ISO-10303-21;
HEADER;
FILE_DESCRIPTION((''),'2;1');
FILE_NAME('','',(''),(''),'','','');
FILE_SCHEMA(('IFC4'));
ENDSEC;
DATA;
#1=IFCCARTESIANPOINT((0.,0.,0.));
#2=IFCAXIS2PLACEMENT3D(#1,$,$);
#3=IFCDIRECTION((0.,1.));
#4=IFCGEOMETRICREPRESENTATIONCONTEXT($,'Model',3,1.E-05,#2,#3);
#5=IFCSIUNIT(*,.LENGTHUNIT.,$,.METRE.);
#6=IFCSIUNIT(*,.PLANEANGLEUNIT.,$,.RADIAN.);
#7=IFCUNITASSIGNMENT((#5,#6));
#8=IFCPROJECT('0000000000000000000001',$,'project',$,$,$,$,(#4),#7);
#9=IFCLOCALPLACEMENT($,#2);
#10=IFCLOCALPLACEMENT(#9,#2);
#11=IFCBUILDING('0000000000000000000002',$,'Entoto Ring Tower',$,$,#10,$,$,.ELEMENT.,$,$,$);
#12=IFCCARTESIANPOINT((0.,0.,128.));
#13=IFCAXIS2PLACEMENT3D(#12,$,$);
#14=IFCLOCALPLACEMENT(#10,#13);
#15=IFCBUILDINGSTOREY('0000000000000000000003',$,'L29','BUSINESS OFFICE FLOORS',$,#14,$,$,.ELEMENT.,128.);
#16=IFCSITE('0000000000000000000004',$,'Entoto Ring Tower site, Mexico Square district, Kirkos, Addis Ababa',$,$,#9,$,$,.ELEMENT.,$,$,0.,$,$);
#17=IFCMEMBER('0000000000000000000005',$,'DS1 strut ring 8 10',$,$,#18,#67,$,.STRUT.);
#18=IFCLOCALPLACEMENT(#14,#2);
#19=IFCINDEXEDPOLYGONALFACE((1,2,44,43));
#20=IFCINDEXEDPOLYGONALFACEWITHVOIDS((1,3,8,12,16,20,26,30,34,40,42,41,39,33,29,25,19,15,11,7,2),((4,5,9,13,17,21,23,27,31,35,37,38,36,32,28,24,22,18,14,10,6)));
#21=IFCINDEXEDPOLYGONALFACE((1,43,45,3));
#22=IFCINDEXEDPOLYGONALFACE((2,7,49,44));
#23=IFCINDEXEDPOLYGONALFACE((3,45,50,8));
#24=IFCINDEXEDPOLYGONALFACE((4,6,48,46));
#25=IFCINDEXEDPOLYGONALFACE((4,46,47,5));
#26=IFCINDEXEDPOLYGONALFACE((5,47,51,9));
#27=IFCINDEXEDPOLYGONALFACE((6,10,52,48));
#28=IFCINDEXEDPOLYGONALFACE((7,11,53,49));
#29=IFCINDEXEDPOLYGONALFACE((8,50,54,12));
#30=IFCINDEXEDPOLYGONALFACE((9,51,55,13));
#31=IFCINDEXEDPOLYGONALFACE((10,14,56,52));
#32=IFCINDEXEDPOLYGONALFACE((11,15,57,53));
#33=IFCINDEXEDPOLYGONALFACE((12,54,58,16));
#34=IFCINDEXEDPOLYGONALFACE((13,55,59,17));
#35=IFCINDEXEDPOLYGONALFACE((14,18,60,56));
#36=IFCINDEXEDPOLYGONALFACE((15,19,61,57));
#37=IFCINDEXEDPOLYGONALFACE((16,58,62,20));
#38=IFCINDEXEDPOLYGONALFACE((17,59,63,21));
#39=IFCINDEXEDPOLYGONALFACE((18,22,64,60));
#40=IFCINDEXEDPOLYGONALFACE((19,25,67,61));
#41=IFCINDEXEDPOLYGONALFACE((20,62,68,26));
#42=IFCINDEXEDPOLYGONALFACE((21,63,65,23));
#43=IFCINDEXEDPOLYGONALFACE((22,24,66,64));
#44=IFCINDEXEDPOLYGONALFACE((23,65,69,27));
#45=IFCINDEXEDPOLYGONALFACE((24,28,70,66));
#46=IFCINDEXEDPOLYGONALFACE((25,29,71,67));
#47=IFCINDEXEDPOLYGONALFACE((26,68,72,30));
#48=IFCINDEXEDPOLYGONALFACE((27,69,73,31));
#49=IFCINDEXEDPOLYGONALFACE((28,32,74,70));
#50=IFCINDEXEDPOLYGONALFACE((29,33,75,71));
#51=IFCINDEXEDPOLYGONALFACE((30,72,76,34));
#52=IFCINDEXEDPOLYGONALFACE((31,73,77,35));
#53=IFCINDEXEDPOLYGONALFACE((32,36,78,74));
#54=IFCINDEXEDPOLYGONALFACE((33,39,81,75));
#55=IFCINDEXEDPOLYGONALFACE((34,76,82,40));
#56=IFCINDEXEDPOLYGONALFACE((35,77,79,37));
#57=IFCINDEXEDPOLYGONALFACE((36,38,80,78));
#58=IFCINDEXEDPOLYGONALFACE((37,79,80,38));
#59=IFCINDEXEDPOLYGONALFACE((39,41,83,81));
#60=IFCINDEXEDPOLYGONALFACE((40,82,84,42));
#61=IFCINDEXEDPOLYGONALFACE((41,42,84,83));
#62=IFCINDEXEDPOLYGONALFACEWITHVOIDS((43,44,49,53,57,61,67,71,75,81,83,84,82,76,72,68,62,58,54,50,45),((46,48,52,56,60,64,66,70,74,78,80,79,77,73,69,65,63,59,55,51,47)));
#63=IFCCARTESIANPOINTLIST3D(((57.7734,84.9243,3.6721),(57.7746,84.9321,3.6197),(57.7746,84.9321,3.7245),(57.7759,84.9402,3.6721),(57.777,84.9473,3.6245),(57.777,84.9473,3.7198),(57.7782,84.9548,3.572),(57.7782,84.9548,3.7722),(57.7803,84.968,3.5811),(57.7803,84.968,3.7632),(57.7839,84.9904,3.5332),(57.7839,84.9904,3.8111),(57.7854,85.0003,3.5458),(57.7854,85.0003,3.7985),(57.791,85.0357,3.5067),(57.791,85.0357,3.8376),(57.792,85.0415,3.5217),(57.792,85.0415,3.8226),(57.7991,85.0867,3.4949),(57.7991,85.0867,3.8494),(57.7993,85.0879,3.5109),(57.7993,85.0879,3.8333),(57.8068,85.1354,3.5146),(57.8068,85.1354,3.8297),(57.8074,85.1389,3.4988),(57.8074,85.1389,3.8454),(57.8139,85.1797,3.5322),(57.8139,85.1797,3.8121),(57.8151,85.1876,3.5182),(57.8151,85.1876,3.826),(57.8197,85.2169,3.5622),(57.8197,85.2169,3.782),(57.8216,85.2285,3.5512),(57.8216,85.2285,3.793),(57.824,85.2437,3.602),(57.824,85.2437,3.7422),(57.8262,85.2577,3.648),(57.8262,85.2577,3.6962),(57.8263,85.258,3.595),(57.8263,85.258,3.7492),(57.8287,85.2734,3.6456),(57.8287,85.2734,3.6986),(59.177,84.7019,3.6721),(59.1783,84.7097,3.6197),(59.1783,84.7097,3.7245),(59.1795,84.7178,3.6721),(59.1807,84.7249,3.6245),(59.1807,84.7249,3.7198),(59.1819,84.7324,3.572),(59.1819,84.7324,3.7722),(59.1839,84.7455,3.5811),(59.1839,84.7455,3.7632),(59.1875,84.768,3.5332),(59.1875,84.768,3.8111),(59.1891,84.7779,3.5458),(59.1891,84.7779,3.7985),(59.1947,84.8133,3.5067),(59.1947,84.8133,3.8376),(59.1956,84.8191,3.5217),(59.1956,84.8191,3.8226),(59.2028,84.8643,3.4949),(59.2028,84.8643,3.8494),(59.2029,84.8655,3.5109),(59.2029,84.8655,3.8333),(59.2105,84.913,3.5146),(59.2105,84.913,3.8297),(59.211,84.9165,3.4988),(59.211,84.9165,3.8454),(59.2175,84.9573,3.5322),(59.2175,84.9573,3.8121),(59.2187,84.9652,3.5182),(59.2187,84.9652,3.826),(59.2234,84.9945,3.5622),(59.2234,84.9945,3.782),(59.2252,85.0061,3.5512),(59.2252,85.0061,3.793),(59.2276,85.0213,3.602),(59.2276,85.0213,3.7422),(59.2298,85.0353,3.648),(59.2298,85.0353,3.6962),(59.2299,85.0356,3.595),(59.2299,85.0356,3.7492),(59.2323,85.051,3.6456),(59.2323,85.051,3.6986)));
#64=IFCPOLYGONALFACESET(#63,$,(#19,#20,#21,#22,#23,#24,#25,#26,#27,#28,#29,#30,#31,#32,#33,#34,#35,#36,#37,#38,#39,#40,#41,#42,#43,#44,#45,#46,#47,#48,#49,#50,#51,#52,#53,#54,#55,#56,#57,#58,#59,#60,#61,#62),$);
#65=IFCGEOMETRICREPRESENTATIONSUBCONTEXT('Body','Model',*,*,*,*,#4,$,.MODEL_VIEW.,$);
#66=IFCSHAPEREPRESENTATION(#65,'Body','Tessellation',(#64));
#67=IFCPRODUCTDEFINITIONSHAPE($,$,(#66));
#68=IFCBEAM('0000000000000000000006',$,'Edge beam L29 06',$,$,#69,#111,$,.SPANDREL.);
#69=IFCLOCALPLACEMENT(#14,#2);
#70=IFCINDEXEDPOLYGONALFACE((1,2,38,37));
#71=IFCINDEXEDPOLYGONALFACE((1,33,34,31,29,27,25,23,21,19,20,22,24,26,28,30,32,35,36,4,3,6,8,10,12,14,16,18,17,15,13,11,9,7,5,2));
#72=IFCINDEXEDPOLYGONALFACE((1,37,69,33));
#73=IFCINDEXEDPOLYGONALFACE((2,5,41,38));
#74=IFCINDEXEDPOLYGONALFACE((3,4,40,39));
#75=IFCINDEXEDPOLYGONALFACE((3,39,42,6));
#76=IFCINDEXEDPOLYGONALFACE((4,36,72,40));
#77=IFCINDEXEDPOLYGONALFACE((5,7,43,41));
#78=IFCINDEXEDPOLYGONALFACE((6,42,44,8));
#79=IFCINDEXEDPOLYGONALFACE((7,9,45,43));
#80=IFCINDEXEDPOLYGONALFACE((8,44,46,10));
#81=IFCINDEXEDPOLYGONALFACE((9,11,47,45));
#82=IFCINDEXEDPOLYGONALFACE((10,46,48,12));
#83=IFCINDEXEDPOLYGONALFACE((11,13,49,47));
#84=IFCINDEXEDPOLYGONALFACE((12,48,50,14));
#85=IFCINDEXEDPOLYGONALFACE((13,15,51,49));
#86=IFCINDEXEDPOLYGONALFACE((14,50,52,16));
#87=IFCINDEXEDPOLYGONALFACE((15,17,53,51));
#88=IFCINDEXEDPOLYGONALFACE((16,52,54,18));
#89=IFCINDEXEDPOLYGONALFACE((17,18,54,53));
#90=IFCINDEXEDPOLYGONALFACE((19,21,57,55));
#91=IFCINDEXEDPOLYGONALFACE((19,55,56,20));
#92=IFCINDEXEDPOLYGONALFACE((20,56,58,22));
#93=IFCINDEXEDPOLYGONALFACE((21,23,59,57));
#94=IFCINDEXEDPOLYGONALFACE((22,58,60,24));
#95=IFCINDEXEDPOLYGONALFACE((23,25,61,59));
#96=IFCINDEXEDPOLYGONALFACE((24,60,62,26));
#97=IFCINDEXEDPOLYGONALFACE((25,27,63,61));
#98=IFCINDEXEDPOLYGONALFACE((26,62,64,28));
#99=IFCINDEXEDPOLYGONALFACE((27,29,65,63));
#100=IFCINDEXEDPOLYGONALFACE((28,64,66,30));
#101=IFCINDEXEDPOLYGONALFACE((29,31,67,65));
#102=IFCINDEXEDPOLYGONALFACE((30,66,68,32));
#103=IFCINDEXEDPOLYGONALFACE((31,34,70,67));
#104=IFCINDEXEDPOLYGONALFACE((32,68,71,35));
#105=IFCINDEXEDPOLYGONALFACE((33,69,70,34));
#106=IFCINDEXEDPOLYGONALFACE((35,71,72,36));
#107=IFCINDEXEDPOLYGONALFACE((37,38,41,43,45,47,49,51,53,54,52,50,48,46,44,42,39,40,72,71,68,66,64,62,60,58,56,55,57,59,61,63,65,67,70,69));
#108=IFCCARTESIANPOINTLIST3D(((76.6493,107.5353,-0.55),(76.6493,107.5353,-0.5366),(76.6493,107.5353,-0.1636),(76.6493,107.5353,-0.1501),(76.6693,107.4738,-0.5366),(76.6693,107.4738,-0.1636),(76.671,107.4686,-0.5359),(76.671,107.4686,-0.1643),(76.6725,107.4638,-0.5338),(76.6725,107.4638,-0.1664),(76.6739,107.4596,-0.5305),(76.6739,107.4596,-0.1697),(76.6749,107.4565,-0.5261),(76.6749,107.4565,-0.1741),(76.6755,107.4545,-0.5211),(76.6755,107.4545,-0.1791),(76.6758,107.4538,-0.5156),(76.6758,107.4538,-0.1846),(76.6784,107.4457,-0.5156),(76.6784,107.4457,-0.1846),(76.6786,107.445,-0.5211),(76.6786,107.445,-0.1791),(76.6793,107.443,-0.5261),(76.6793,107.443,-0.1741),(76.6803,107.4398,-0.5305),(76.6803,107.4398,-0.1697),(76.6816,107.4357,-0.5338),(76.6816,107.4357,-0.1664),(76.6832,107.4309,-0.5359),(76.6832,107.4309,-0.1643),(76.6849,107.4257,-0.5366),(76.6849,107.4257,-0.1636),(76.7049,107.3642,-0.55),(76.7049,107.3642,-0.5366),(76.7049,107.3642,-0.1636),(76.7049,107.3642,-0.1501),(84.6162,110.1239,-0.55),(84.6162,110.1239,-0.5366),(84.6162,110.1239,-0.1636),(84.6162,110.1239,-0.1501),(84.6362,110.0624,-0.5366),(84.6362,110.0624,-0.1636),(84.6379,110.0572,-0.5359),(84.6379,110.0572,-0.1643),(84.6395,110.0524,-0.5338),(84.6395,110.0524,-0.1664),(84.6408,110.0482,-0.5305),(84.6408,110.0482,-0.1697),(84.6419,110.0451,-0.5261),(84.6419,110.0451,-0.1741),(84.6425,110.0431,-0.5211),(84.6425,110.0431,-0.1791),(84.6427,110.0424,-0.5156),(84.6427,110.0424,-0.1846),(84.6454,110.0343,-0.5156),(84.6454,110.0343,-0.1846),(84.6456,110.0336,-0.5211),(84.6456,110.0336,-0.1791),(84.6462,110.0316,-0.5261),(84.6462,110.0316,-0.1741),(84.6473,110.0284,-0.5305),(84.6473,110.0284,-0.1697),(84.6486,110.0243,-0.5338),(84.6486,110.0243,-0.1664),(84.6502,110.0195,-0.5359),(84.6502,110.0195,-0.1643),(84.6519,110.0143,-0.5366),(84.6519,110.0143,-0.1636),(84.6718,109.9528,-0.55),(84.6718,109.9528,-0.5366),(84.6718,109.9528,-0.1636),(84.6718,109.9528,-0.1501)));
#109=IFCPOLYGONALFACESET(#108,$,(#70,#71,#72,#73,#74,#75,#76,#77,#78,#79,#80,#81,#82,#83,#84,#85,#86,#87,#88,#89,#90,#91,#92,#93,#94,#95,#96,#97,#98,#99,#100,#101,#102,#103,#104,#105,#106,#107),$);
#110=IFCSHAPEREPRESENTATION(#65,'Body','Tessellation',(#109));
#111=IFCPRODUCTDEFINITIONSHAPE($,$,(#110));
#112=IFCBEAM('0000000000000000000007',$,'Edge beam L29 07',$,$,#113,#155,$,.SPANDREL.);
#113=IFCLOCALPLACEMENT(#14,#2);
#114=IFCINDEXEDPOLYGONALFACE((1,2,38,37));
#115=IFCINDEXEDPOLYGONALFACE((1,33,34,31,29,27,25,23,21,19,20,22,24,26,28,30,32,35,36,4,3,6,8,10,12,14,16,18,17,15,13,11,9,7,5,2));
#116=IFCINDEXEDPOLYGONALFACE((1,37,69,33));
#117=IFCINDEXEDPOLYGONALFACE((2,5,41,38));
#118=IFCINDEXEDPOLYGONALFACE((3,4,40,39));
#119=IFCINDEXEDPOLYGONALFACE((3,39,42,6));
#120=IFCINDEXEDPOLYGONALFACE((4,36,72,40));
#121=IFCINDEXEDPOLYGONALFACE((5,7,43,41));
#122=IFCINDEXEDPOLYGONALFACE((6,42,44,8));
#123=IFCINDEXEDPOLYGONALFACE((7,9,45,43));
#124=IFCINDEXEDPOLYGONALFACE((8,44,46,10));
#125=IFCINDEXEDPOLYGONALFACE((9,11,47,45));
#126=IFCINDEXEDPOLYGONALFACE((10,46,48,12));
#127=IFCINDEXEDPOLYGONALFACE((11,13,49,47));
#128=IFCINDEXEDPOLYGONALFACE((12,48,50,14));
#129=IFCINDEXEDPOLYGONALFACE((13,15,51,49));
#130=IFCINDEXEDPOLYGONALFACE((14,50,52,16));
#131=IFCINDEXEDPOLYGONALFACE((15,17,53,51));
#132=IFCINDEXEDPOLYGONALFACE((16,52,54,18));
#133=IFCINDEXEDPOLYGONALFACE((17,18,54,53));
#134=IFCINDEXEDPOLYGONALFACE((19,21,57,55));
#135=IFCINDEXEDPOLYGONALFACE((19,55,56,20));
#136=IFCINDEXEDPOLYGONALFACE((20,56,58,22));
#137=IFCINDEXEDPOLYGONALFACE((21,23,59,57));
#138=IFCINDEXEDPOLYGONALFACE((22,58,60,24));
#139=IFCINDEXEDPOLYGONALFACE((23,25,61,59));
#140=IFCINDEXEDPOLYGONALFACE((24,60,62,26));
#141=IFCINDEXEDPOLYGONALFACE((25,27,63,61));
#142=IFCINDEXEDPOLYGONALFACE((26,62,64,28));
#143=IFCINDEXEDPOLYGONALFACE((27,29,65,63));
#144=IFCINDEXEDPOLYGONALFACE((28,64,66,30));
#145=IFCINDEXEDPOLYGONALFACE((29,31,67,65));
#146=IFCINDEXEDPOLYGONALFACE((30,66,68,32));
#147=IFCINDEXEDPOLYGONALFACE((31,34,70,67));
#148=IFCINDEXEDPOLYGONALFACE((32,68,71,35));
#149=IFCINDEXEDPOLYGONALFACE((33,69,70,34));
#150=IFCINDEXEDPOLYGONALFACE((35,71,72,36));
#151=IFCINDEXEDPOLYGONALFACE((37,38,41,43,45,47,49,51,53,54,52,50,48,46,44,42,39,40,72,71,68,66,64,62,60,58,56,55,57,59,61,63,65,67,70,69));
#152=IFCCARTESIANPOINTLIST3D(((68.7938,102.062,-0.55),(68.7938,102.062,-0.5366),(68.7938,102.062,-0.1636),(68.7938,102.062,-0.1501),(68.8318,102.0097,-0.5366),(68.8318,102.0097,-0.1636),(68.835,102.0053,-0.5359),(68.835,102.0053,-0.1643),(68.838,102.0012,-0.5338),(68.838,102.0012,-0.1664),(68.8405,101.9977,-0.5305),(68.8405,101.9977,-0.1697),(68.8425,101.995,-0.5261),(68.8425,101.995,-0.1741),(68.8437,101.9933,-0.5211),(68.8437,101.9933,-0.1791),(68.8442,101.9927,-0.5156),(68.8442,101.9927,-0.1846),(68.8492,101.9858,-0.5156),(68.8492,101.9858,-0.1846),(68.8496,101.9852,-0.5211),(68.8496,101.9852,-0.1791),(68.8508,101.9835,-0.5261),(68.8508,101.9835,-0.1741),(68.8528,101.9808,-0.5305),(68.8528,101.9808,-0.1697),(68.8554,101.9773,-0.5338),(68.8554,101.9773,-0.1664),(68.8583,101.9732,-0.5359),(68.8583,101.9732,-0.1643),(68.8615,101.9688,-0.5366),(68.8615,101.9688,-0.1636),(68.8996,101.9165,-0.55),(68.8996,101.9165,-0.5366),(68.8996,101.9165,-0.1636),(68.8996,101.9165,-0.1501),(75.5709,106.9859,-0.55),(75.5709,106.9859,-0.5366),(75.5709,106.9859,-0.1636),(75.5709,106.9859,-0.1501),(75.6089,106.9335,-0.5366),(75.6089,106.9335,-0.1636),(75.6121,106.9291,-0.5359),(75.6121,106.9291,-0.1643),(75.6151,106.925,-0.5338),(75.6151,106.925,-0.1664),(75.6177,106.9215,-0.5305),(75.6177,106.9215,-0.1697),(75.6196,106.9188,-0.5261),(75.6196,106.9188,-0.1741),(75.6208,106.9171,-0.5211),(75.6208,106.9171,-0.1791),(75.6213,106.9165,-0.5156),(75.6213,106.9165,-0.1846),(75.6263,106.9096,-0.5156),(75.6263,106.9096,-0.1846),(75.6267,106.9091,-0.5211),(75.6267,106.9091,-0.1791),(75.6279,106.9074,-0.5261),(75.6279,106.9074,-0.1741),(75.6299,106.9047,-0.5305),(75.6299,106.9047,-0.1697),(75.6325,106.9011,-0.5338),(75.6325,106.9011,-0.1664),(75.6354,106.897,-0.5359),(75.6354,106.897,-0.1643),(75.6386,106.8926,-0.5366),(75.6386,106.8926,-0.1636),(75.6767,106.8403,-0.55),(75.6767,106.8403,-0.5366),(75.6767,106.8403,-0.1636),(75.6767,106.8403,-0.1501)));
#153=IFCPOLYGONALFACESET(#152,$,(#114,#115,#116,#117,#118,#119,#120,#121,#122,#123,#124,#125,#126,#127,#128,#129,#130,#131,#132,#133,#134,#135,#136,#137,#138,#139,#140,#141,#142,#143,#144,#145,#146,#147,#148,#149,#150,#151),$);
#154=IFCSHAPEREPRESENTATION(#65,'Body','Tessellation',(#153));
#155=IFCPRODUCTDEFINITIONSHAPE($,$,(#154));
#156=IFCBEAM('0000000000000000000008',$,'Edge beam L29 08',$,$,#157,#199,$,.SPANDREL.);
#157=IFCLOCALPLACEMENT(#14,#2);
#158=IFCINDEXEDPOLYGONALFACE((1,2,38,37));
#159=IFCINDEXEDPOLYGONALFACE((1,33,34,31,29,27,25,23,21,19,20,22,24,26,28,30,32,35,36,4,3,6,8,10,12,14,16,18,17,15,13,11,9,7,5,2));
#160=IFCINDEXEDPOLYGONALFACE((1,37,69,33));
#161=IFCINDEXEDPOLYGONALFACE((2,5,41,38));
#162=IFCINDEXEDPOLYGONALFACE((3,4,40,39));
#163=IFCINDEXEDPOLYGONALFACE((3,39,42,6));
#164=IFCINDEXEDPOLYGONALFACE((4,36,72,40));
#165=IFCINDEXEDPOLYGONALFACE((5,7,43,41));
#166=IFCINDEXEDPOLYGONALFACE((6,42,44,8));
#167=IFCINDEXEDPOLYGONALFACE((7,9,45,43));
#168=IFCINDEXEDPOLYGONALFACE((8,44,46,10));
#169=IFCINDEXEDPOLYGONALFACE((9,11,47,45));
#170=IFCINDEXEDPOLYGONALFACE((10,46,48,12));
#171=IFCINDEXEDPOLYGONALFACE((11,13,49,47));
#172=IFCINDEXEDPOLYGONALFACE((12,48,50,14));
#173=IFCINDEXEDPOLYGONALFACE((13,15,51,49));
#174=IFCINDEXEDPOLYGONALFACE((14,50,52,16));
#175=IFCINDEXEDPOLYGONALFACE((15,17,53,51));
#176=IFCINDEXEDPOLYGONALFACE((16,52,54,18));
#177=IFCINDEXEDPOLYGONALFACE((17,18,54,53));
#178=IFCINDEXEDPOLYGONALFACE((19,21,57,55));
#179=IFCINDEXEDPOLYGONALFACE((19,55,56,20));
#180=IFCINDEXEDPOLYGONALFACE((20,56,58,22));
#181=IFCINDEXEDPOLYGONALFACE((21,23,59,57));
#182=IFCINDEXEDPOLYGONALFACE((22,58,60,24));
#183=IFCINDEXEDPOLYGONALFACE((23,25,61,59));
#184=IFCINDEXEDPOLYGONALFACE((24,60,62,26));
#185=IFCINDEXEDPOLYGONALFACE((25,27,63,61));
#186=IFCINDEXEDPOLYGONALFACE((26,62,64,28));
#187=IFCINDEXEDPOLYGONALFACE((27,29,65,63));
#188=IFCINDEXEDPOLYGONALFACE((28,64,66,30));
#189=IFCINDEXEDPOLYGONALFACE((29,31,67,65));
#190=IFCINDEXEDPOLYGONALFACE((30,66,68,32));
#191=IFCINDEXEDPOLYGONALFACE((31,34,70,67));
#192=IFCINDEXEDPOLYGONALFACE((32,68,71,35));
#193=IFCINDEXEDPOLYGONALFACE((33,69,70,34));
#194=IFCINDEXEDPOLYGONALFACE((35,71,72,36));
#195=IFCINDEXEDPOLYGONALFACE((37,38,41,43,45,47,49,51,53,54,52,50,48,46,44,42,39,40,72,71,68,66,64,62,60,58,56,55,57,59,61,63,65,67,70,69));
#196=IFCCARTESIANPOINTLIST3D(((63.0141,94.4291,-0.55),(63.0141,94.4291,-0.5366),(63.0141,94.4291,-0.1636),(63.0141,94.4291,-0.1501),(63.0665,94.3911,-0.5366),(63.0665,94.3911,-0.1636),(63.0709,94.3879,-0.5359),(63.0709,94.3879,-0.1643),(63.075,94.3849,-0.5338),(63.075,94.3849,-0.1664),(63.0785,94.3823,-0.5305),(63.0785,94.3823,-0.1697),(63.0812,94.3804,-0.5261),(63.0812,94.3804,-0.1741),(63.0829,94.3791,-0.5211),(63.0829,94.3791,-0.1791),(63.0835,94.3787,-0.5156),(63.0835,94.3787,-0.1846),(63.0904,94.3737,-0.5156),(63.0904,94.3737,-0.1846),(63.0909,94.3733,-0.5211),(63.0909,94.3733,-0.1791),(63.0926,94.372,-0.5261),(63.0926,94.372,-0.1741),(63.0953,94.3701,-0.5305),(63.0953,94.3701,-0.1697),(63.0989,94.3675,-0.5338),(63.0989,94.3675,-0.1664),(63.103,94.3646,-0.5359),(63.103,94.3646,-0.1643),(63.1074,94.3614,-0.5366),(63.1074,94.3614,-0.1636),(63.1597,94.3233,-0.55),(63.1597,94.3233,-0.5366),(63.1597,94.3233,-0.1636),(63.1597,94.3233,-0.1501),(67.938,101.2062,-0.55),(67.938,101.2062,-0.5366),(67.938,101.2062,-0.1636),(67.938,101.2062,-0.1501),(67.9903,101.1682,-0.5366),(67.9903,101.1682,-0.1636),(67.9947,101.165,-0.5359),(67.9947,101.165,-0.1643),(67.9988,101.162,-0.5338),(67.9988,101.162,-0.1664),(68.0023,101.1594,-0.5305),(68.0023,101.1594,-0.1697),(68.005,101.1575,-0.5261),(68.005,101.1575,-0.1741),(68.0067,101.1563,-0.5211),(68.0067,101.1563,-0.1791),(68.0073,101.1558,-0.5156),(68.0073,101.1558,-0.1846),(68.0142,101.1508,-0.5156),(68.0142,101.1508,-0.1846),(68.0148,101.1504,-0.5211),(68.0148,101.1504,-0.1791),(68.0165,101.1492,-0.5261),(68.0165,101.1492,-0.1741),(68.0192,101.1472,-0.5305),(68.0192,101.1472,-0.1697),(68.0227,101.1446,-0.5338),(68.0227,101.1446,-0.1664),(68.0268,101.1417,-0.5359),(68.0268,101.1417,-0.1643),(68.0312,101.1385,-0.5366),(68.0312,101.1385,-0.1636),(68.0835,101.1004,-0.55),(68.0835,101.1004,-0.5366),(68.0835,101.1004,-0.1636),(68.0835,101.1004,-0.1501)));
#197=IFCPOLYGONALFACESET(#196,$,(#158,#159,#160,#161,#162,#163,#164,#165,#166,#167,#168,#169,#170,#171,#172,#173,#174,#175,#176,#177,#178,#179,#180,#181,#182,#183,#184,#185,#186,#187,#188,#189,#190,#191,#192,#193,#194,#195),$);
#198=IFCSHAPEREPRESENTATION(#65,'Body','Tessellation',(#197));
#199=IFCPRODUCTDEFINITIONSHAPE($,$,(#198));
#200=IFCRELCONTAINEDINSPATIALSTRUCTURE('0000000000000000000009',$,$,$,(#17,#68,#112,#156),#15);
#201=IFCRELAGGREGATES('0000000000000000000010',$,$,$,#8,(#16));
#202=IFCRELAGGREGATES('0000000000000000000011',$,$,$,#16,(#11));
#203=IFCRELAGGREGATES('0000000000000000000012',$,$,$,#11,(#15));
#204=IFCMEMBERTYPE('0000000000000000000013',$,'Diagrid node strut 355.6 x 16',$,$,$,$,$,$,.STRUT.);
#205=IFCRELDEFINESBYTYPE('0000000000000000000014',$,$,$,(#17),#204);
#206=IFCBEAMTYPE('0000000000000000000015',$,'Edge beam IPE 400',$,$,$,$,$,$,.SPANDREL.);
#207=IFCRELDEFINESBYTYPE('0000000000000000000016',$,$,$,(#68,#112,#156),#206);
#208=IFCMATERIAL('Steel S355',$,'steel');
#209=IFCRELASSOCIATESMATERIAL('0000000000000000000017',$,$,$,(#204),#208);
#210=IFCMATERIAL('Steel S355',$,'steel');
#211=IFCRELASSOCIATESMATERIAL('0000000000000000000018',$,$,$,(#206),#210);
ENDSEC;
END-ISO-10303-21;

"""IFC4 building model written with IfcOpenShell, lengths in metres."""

from ifc_helpers import new_model, si_unit, direction, frame, origin, origin_2d, place, context, subcontext, project, spatial, circle, hollow_circle, i_section, extrude, material, material_profile, profile_set, type_object, element, save


model = new_model("IFC4")

# Units and contexts
model_context = context("Model", 3, precision=1e-05, world=origin(), true_north=direction((0.0, 1.0)))
body_context = subcontext(model_context, "Body", "Model", "MODEL_VIEW")
ifc_project = project(units=[si_unit("LENGTHUNIT", "METRE"), si_unit("PLANEANGLEUNIT", "RADIAN")], contexts=[model_context])

# Site, building, storey
site_placement = place(None, origin())
site = spatial("IfcSite", under=ifc_project, at=site_placement, Name="Entoto Ring Tower site, Mexico Square district, Kirkos, Addis Ababa", CompositionType="ELEMENT", RefElevation=0.0)
building_placement = place(site_placement, origin())
building = spatial("IfcBuilding", under=site, at=building_placement, Name="Entoto Ring Tower", CompositionType="ELEMENT")
storey_placement = place(building_placement, frame((0.0, 0.0, 128.0)))
storey = spatial("IfcBuildingStorey", under=building, at=storey_placement, Name="L29", Description="BUSINESS OFFICE FLOORS", CompositionType="ELEMENT", Elevation=128.0)

# Member
ifc_material_1 = material(Name="Steel S355", Category="steel")
ifc_material_profile_1 = material_profile(ifc_material_1, hollow_circle(Radius=0.1777, WallThickness=0.0161, at=origin_2d()), Name="CHS 355.6 x 16")
ifc_material_2 = material(Name="Concrete C60/75", Category="concrete")
ifc_material_profile_2 = material_profile(ifc_material_2, circle(Radius=0.1619, at=origin_2d()), Name="Concrete C60/75 infill")
ifc_profile_set_1 = profile_set([ifc_material_profile_1, ifc_material_profile_2], Name="Steel S355")
member_type = type_object("IfcMemberType", Name="Diagrid node strut 355.6 x 16", PredefinedType="STRUT", material=ifc_profile_set_1)
member_1_placement = place(storey_placement, frame((59.2048, 84.8774, 3.6721), z_axis=(-0.987676, 0.15651, 0.0), x_axis=(-0.15651, -0.987676, 0.0)))
element("IfcMember", 1, at=member_1_placement, inside=storey, type_object=member_type, Name="DS1 strut ring 8 10", PredefinedType="STRUT", context=body_context, shape_type="SweptSolid", body=[
    extrude(hollow_circle(Radius=0.1777, WallThickness=0.0161, at=origin_2d()), origin(), (0.0, 0.0, 1.0), 1.4211),
])

# Beams
ifc_material_3 = material(Name="Steel S355", Category="steel")
ifc_material_profile_3 = material_profile(ifc_material_3, i_section(OverallWidth=0.1799, OverallDepth=0.3999, WebThickness=0.0085, FlangeThickness=0.0134, FilletRadius=0.021, at=origin_2d()), Name="IPE 400")
ifc_profile_set_2 = profile_set([ifc_material_profile_3], Name="Steel S355")
beam_type_1 = type_object("IfcBeamType", Name="Edge beam IPE 400", PredefinedType="SPANDREL", material=ifc_profile_set_2)
for number, where, z_axis, x_axis, name in (
    (2, (84.644, 110.0383, -0.3501), (-0.951057, -0.309014, 0.0), (0.309014, -0.951057, 0.0), "Edge beam L29 06"),
    (3, (75.6238, 106.9131, -0.3501), (-0.809018, -0.587783, 0.0), (0.587783, -0.809018, 0.0), "Edge beam L29 07"),
    (4, (68.0107, 101.1533, -0.3501), (-0.587783, -0.809018, 0.0), (0.809018, -0.587783, 0.0), "Edge beam L29 08"),
):
    element("IfcBeam", number, at=place(storey_placement, frame(where, z_axis=z_axis, x_axis=x_axis)), inside=storey, type_object=beam_type_1, Name=name, PredefinedType="SPANDREL", context=body_context, shape_type="SweptSolid", body=[
        extrude(i_section(OverallWidth=0.1799, OverallDepth=0.3999, WebThickness=0.0085, FlangeThickness=0.0134, FilletRadius=0.021, at=origin_2d()), origin(), (0.0, 0.0, 1.0), 8.377),
    ])

save(model, "model.ifc")
